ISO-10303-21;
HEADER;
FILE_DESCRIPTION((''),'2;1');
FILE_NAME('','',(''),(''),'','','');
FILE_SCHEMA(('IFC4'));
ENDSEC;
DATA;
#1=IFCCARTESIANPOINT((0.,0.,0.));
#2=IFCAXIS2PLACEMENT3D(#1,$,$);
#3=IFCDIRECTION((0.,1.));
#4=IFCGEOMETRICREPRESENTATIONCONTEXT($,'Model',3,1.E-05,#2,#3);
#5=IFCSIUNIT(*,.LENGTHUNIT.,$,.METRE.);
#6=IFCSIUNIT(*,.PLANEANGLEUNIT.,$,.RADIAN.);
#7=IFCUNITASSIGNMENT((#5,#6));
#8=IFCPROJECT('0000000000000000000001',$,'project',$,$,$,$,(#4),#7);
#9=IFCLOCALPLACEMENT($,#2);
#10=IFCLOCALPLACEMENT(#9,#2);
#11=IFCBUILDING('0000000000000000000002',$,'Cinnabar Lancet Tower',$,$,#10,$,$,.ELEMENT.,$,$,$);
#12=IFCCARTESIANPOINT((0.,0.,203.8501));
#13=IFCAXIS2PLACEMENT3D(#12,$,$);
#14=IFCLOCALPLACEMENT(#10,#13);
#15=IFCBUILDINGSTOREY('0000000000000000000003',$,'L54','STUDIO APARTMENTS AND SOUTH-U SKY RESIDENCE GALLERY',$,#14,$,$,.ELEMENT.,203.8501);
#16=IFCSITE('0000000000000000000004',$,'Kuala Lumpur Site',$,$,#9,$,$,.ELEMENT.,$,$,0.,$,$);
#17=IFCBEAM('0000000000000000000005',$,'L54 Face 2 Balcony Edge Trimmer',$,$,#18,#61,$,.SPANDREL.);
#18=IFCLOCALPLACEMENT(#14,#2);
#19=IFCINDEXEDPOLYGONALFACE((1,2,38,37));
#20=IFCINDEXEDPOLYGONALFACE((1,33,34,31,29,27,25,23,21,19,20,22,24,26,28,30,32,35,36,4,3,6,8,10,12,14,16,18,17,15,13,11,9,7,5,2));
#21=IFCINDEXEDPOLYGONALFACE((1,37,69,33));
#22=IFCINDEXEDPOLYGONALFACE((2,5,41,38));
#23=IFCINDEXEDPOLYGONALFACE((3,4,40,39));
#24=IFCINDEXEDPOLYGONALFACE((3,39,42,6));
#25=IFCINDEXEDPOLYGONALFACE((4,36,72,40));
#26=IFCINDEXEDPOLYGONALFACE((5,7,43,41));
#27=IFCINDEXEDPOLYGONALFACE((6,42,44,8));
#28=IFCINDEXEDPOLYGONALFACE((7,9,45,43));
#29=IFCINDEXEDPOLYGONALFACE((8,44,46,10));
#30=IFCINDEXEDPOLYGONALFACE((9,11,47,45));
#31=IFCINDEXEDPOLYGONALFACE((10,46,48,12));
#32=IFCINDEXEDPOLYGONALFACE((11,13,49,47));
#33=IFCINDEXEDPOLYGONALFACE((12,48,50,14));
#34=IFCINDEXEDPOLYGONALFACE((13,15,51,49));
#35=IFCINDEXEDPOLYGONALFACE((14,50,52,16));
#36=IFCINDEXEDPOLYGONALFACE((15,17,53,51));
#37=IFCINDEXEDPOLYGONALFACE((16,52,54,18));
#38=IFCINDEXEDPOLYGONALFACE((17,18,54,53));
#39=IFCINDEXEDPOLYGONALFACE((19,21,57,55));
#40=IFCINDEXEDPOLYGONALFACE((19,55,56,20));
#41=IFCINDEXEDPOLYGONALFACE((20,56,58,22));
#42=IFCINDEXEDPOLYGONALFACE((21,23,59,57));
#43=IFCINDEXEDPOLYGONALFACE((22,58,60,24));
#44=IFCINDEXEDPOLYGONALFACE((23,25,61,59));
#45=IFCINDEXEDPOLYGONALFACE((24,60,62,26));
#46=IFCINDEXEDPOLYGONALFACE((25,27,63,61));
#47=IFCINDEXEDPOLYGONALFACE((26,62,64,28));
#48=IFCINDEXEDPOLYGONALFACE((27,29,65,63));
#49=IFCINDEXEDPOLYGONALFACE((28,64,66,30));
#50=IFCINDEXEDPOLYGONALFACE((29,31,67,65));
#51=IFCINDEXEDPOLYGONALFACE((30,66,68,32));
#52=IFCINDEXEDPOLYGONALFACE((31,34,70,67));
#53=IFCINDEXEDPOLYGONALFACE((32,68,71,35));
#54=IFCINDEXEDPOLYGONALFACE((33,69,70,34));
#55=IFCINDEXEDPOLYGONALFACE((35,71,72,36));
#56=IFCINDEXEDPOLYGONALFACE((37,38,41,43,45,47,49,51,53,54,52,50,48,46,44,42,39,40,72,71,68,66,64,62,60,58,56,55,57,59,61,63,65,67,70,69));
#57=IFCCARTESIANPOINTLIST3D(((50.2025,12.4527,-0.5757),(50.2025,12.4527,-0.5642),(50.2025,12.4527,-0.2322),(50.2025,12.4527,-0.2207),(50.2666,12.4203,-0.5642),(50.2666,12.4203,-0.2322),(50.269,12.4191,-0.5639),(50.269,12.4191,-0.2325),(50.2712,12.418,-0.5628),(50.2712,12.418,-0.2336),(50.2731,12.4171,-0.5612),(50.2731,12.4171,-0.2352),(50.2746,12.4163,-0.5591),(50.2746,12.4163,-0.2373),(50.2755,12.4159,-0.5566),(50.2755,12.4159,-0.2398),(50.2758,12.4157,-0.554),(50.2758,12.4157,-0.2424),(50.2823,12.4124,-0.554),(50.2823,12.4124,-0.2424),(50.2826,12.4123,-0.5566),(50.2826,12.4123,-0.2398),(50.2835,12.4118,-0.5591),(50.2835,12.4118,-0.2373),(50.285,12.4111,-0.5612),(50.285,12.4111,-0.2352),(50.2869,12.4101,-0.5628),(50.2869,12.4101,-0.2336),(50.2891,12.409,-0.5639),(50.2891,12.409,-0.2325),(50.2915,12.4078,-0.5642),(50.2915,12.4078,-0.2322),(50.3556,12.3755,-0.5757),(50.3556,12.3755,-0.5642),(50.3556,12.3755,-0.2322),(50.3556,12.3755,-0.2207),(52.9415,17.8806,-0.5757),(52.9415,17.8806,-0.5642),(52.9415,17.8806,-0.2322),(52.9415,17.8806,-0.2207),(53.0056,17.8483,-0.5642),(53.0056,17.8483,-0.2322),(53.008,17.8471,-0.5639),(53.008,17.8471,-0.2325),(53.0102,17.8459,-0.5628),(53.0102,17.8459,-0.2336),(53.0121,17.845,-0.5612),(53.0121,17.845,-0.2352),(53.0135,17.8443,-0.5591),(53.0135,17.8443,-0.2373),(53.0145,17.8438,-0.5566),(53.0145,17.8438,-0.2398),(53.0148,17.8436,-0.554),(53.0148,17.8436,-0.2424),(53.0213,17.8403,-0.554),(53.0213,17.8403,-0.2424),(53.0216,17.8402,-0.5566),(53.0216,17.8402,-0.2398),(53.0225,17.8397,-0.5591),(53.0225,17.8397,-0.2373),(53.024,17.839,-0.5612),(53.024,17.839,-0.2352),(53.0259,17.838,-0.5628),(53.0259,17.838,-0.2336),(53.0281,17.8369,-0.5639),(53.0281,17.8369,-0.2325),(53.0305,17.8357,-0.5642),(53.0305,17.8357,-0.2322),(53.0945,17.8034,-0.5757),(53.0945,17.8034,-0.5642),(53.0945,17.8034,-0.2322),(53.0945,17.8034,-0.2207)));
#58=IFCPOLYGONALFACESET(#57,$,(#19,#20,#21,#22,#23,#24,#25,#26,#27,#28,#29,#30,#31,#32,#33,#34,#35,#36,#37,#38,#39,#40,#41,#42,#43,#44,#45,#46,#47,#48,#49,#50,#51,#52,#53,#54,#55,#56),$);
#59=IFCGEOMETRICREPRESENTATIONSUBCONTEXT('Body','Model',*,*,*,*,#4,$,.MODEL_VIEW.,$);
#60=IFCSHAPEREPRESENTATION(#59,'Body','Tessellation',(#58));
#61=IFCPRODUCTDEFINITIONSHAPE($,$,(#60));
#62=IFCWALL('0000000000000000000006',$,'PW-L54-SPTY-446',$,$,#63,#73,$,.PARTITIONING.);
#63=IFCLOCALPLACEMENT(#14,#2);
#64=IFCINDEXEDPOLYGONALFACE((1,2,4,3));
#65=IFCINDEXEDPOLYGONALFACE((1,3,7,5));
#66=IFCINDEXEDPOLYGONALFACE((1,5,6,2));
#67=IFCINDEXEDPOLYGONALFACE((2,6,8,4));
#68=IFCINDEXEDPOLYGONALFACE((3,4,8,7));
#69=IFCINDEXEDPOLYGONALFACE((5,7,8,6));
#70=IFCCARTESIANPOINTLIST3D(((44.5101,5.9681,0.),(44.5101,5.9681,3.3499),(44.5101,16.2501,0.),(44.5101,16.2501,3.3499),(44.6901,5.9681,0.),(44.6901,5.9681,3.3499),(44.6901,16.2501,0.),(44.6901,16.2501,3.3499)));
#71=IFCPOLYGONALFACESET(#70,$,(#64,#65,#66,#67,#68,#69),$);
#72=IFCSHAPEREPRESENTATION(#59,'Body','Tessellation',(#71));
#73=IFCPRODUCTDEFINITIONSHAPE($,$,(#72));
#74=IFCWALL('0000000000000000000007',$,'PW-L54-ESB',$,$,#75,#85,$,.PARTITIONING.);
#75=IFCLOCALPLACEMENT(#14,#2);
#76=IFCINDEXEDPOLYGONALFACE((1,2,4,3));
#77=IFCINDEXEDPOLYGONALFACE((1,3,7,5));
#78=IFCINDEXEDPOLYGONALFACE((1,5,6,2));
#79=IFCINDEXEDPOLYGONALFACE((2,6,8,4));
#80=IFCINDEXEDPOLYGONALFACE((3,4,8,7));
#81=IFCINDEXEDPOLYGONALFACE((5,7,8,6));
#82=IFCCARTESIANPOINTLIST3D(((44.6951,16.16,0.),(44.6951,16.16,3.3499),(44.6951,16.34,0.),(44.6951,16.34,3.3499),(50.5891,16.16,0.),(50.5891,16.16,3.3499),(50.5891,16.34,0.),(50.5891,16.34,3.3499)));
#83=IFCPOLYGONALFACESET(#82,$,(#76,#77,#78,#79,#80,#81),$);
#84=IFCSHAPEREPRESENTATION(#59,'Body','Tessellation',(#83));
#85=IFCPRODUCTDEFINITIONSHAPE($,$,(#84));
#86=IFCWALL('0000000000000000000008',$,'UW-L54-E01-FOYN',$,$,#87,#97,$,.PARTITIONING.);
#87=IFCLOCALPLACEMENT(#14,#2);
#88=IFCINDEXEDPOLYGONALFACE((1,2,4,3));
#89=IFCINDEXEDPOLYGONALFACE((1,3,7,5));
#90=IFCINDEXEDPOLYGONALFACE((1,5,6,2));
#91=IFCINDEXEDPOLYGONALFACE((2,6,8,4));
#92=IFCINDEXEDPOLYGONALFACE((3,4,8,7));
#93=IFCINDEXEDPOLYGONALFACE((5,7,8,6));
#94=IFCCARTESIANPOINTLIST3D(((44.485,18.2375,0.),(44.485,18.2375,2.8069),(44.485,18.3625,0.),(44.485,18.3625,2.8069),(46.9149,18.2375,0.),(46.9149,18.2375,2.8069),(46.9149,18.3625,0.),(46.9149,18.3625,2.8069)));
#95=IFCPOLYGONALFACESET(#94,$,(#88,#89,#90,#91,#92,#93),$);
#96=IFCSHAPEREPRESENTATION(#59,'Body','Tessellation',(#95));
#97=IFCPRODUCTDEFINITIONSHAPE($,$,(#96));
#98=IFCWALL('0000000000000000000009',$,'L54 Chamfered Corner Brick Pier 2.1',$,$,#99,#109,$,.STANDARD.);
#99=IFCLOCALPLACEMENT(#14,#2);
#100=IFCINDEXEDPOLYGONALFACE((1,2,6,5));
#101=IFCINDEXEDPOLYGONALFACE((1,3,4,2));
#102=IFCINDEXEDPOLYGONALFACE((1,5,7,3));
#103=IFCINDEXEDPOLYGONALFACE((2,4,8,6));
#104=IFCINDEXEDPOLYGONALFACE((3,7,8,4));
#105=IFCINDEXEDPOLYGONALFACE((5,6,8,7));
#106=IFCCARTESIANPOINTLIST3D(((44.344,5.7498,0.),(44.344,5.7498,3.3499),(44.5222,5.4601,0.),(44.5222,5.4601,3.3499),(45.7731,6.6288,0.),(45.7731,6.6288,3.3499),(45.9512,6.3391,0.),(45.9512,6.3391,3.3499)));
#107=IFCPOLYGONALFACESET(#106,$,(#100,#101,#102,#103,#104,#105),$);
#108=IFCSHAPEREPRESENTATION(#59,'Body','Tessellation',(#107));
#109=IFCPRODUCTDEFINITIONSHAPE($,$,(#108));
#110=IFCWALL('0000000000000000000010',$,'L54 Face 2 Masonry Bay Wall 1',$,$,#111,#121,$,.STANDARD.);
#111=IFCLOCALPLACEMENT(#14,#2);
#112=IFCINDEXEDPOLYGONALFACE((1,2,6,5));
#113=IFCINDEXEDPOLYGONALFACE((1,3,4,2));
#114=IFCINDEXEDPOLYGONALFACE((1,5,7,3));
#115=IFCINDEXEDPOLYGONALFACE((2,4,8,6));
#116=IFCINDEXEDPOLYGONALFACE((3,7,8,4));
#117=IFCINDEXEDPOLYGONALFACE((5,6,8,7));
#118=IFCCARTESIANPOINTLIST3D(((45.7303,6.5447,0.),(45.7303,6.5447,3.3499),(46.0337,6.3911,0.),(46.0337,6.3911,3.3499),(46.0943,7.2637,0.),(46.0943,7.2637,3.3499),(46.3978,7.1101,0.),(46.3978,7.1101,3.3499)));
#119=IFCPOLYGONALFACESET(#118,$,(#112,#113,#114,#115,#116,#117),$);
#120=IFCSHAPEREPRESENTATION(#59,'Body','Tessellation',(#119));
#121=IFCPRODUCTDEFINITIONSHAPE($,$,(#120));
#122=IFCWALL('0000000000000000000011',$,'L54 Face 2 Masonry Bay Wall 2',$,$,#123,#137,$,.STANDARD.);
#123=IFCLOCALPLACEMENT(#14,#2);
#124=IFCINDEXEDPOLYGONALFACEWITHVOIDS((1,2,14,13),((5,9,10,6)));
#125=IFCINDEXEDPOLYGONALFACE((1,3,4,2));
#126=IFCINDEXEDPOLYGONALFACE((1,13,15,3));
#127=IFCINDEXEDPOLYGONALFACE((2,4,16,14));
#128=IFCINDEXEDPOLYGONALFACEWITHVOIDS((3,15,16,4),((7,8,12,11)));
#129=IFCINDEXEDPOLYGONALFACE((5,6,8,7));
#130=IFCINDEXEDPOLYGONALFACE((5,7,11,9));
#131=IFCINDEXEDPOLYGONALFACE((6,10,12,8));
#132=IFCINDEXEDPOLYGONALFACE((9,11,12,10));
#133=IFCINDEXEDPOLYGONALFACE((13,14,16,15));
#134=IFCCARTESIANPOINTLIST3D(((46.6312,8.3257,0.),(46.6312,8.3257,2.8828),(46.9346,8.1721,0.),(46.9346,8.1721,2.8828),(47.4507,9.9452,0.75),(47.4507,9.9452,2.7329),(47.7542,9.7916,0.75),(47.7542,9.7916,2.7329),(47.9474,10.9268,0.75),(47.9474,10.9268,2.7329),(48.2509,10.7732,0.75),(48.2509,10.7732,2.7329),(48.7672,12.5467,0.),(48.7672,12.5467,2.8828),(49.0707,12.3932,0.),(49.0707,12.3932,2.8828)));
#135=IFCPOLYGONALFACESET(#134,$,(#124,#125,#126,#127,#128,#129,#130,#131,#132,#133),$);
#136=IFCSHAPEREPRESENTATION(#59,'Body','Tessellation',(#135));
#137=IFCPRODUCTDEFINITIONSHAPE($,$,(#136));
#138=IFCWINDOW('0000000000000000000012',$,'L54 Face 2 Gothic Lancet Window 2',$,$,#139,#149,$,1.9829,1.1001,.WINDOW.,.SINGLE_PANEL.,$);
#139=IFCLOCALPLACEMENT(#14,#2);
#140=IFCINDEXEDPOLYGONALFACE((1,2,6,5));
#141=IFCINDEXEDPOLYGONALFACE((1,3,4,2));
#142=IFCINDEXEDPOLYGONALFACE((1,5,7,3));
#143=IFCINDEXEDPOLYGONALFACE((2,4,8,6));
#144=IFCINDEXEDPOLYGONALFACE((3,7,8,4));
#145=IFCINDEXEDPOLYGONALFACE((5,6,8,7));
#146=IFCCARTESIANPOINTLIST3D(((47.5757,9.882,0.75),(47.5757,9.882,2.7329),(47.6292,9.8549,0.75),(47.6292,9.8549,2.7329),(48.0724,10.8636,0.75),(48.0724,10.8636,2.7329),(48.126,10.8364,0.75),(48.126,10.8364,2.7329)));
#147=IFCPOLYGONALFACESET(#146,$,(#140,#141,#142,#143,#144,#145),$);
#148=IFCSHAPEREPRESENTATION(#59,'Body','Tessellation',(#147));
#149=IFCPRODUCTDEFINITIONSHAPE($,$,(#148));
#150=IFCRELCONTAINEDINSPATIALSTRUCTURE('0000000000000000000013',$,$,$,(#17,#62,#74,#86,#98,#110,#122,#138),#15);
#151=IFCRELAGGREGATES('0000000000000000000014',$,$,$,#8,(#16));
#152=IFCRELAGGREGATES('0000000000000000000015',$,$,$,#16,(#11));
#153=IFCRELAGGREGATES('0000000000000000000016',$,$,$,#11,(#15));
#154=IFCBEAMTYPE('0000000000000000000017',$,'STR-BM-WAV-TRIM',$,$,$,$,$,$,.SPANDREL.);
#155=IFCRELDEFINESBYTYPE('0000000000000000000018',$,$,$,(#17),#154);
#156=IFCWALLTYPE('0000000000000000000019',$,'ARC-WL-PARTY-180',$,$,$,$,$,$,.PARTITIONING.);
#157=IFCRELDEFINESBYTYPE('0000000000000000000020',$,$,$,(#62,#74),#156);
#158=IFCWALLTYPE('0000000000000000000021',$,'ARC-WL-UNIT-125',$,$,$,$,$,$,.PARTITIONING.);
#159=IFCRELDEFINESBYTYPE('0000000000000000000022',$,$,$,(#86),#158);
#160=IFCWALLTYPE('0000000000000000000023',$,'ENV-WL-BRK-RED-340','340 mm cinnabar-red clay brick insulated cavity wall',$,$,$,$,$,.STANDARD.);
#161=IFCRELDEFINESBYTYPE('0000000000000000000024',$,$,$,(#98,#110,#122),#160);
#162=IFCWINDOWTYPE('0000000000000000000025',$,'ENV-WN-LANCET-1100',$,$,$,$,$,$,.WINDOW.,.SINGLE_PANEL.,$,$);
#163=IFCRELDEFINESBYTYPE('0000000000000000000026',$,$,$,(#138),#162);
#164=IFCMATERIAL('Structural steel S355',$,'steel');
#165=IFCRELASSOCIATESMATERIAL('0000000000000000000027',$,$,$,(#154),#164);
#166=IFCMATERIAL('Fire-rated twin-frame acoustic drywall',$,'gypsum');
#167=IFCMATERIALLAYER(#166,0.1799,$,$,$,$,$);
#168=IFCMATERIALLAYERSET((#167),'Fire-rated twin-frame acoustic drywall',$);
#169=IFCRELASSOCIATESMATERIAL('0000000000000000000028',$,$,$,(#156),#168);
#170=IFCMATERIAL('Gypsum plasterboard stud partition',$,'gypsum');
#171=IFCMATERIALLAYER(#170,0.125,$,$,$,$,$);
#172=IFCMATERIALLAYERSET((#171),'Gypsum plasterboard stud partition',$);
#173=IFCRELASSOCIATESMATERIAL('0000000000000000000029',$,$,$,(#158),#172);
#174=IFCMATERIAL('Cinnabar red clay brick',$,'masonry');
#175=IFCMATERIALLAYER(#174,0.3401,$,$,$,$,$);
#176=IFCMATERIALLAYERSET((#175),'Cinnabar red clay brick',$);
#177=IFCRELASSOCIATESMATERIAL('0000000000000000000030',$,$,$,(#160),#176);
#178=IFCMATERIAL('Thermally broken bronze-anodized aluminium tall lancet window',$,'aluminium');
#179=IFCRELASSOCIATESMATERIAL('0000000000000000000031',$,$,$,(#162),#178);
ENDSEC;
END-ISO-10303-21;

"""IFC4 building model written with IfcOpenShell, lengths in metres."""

from ifc_helpers import new_model, si_unit, direction, frame, frame_2d, origin, origin_2d, place, context, subcontext, project, spatial, rectangle, i_section, extrude, material, layer, layer_set, material_profile, profile_set, type_object, element, fill, save


model = new_model("IFC4")

# Units and contexts
model_context = context("Model", 3, precision=1e-05, world=origin(), true_north=direction((0.0, 1.0)))
body_context = subcontext(model_context, "Body", "Model", "MODEL_VIEW")
ifc_project = project(units=[si_unit("LENGTHUNIT", "METRE"), si_unit("PLANEANGLEUNIT", "RADIAN")], contexts=[model_context])

# Site, building, storey
site_placement = place(None, origin())
site = spatial("IfcSite", under=ifc_project, at=site_placement, Name="Kuala Lumpur Site", CompositionType="ELEMENT", RefElevation=0.0)
building_placement = place(site_placement, origin())
building = spatial("IfcBuilding", under=site, at=building_placement, Name="Cinnabar Lancet Tower", CompositionType="ELEMENT")
storey_placement = place(building_placement, frame((0.0, 0.0, 203.8501)))
storey = spatial("IfcBuildingStorey", under=building, at=storey_placement, Name="L54", Description="STUDIO APARTMENTS AND SOUTH-U SKY RESIDENCE GALLERY", CompositionType="ELEMENT", Elevation=203.8501)

# Beam
ifc_material_1 = material(Name="Structural steel S355", Category="steel")
ifc_material_profile_1 = material_profile(ifc_material_1, i_section(OverallWidth=0.1714, OverallDepth=0.355, WebThickness=0.0073, FlangeThickness=0.0115, FilletRadius=0.0103, at=origin_2d()), Name="UKB 356x171x51")
ifc_profile_set_1 = profile_set([ifc_material_profile_1], Name="Structural steel S355")
beam_type_1 = type_object("IfcBeamType", Name="STR-BM-WAV-TRIM", PredefinedType="SPANDREL", material=ifc_profile_set_1)
beam_1_placement = place(storey_placement, frame((50.2791, 12.4141, -0.3982), z_axis=(0.450503, 0.892775, 0.0), x_axis=(-0.892775, 0.450503, 0.0)))
element("IfcBeam", 1, at=beam_1_placement, inside=storey, type_object=beam_type_1, Name="L54 Face 2 Balcony Edge Trimmer", PredefinedType="SPANDREL", context=body_context, shape_type="SweptSolid", body=[
    extrude(i_section(OverallWidth=0.1714, OverallDepth=0.355, WebThickness=0.0073, FlangeThickness=0.0115, FilletRadius=0.0103, at=origin_2d()), origin(), (0.0, 0.0, 1.0), 6.0798),
])

# Walls
ifc_material_2 = material(Name="Fire-rated twin-frame acoustic drywall", Category="gypsum")
ifc_layer_1 = layer(ifc_material_2, 0.1799)
ifc_layer_set_1 = layer_set([ifc_layer_1], Name="Fire-rated twin-frame acoustic drywall")
wall_type_1 = type_object("IfcWallType", Name="ARC-WL-PARTY-180", PredefinedType="PARTITIONING", material=ifc_layer_set_1)
wall_1_placement = place(storey_placement, frame((44.6001, 5.968, 0.0), z_axis=(0.0, 0.0, 1.0), x_axis=(0.0, 1.0, 0.0)))
element("IfcWall", 2, at=wall_1_placement, inside=storey, type_object=wall_type_1, Name="PW-L54-SPTY-446", PredefinedType="PARTITIONING", context=body_context, shape_type="SweptSolid", body=[
    extrude(rectangle(XDim=10.282, YDim=0.1799, at=frame_2d((5.1411, 0.0))), origin(), (0.0, 0.0, 1.0), 3.3499),
])
wall_2_placement = place(storey_placement, frame((44.6951, 16.25, 0.0), z_axis=(0.0, 0.0, 1.0), x_axis=(1.0, 0.0, 0.0)))
element("IfcWall", 3, at=wall_2_placement, inside=storey, type_object=wall_type_1, Name="PW-L54-ESB", PredefinedType="PARTITIONING", context=body_context, shape_type="SweptSolid", body=[
    extrude(rectangle(XDim=5.894, YDim=0.1799, at=frame_2d((2.947, 0.0))), origin(), (0.0, 0.0, 1.0), 3.3499),
])
ifc_material_3 = material(Name="Gypsum plasterboard stud partition", Category="gypsum")
ifc_layer_2 = layer(ifc_material_3, 0.125)
ifc_layer_set_2 = layer_set([ifc_layer_2], Name="Gypsum plasterboard stud partition")
wall_type_2 = type_object("IfcWallType", Name="ARC-WL-UNIT-125", PredefinedType="PARTITIONING", material=ifc_layer_set_2)
wall_3_placement = place(storey_placement, frame((44.4851, 18.3, 0.0), z_axis=(0.0, 0.0, 1.0), x_axis=(1.0, 0.0, 0.0)))
element("IfcWall", 4, at=wall_3_placement, inside=storey, type_object=wall_type_2, Name="UW-L54-E01-FOYN", PredefinedType="PARTITIONING", context=body_context, shape_type="SweptSolid", body=[
    extrude(rectangle(XDim=2.4299, YDim=0.125, at=frame_2d((1.2148, 0.0))), origin(), (0.0, 0.0, 1.0), 2.8069),
])

# Walls
ifc_material_4 = material(Name="Cinnabar red clay brick", Category="masonry")
ifc_layer_3 = layer(ifc_material_4, 0.3401)
ifc_layer_set_3 = layer_set([ifc_layer_3], Name="Cinnabar red clay brick")
wall_type_3 = type_object("IfcWallType", Name="ENV-WL-BRK-RED-340", Description="340 mm cinnabar-red clay brick insulated cavity wall", PredefinedType="STANDARD", material=ifc_layer_set_3)
wall_4_placement = place(storey_placement, frame((44.4331, 5.605, 0.0), z_axis=(0.0, 0.0, 1.0), x_axis=(0.851778, 0.523903, 0.0)))
element("IfcWall", 5, at=wall_4_placement, inside=storey, type_object=wall_type_3, Name="L54 Chamfered Corner Brick Pier 2.1", PredefinedType="STANDARD", context=body_context, shape_type="SweptSolid", body=[
    extrude(rectangle(XDim=1.6777, YDim=0.3401, at=frame_2d((0.8389, 0.0))), origin(), (0.0, 0.0, 1.0), 3.3499),
])
wall_5_placement = place(storey_placement, frame((45.8821, 6.468, 0.0), z_axis=(0.0, 0.0, 1.0), x_axis=(0.451692, 0.892174, 0.0)))
element("IfcWall", 6, at=wall_5_placement, inside=storey, type_object=wall_type_3, Name="L54 Face 2 Masonry Bay Wall 1", PredefinedType="STANDARD", context=body_context, shape_type="SweptSolid", body=[
    extrude(rectangle(XDim=0.8059, YDim=0.3401, at=frame_2d((0.4028, 0.0))), origin(), (0.0, 0.0, 1.0), 3.3499),
])

# Wall, opening, window
wall_6_placement = place(storey_placement, frame((46.783, 8.249, 0.0), z_axis=(0.0, 0.0, 1.0), x_axis=(0.451523, 0.89226, 0.0)))
wall_6 = element("IfcWall", 7, at=wall_6_placement, inside=storey, type_object=wall_type_3, Name="L54 Face 2 Masonry Bay Wall 2", PredefinedType="STANDARD", context=body_context, shape_type="SweptSolid", body=[
    extrude(rectangle(XDim=4.7307, YDim=0.3401, at=frame_2d((2.3652, 0.0))), origin(), (0.0, 0.0, 1.0), 2.8828),
])
opening_1_placement = place(wall_6_placement, frame((1.8149, 0.0, 0.75)))
opening_1 = element("IfcOpeningElement", 8, at=opening_1_placement, cuts=wall_6, PredefinedType="OPENING", context=body_context, shape_type="SweptSolid", body=[
    extrude(rectangle(XDim=1.1001, YDim=1.9829, at=frame_2d((0.55, 0.9915))), frame((0.0, 0.1799, 0.0), z_axis=(0.0, -1.0, 0.0), x_axis=(1.0, 0.0, 0.0)), (0.0, 0.0, 1.0), 0.3601),
])
ifc_material_5 = material(Name="Thermally broken bronze-anodized aluminium tall lancet window", Category="aluminium")
window_type = type_object("IfcWindowType", Name="ENV-WN-LANCET-1100", PartitioningType="SINGLE_PANEL", PredefinedType="WINDOW", material=ifc_material_5)
window_1_placement = place(opening_1_placement, origin())
window_1 = element("IfcWindow", 9, at=window_1_placement, inside=storey, type_object=window_type, Name="L54 Face 2 Gothic Lancet Window 2", OverallHeight=1.9829, OverallWidth=1.1001, PartitioningType="SINGLE_PANEL", PredefinedType="WINDOW", context=body_context, shape_type="SweptSolid", body=[
    extrude(rectangle(XDim=1.1001, YDim=1.9829, at=frame_2d((0.55, 0.9915))), frame((0.0, 0.03, 0.0), z_axis=(0.0, -1.0, 0.0), x_axis=(1.0, 0.0, 0.0)), (0.0, 0.0, 1.0), 0.0601),
])
fill(opening_1, window_1)

save(model, "model.ifc")
